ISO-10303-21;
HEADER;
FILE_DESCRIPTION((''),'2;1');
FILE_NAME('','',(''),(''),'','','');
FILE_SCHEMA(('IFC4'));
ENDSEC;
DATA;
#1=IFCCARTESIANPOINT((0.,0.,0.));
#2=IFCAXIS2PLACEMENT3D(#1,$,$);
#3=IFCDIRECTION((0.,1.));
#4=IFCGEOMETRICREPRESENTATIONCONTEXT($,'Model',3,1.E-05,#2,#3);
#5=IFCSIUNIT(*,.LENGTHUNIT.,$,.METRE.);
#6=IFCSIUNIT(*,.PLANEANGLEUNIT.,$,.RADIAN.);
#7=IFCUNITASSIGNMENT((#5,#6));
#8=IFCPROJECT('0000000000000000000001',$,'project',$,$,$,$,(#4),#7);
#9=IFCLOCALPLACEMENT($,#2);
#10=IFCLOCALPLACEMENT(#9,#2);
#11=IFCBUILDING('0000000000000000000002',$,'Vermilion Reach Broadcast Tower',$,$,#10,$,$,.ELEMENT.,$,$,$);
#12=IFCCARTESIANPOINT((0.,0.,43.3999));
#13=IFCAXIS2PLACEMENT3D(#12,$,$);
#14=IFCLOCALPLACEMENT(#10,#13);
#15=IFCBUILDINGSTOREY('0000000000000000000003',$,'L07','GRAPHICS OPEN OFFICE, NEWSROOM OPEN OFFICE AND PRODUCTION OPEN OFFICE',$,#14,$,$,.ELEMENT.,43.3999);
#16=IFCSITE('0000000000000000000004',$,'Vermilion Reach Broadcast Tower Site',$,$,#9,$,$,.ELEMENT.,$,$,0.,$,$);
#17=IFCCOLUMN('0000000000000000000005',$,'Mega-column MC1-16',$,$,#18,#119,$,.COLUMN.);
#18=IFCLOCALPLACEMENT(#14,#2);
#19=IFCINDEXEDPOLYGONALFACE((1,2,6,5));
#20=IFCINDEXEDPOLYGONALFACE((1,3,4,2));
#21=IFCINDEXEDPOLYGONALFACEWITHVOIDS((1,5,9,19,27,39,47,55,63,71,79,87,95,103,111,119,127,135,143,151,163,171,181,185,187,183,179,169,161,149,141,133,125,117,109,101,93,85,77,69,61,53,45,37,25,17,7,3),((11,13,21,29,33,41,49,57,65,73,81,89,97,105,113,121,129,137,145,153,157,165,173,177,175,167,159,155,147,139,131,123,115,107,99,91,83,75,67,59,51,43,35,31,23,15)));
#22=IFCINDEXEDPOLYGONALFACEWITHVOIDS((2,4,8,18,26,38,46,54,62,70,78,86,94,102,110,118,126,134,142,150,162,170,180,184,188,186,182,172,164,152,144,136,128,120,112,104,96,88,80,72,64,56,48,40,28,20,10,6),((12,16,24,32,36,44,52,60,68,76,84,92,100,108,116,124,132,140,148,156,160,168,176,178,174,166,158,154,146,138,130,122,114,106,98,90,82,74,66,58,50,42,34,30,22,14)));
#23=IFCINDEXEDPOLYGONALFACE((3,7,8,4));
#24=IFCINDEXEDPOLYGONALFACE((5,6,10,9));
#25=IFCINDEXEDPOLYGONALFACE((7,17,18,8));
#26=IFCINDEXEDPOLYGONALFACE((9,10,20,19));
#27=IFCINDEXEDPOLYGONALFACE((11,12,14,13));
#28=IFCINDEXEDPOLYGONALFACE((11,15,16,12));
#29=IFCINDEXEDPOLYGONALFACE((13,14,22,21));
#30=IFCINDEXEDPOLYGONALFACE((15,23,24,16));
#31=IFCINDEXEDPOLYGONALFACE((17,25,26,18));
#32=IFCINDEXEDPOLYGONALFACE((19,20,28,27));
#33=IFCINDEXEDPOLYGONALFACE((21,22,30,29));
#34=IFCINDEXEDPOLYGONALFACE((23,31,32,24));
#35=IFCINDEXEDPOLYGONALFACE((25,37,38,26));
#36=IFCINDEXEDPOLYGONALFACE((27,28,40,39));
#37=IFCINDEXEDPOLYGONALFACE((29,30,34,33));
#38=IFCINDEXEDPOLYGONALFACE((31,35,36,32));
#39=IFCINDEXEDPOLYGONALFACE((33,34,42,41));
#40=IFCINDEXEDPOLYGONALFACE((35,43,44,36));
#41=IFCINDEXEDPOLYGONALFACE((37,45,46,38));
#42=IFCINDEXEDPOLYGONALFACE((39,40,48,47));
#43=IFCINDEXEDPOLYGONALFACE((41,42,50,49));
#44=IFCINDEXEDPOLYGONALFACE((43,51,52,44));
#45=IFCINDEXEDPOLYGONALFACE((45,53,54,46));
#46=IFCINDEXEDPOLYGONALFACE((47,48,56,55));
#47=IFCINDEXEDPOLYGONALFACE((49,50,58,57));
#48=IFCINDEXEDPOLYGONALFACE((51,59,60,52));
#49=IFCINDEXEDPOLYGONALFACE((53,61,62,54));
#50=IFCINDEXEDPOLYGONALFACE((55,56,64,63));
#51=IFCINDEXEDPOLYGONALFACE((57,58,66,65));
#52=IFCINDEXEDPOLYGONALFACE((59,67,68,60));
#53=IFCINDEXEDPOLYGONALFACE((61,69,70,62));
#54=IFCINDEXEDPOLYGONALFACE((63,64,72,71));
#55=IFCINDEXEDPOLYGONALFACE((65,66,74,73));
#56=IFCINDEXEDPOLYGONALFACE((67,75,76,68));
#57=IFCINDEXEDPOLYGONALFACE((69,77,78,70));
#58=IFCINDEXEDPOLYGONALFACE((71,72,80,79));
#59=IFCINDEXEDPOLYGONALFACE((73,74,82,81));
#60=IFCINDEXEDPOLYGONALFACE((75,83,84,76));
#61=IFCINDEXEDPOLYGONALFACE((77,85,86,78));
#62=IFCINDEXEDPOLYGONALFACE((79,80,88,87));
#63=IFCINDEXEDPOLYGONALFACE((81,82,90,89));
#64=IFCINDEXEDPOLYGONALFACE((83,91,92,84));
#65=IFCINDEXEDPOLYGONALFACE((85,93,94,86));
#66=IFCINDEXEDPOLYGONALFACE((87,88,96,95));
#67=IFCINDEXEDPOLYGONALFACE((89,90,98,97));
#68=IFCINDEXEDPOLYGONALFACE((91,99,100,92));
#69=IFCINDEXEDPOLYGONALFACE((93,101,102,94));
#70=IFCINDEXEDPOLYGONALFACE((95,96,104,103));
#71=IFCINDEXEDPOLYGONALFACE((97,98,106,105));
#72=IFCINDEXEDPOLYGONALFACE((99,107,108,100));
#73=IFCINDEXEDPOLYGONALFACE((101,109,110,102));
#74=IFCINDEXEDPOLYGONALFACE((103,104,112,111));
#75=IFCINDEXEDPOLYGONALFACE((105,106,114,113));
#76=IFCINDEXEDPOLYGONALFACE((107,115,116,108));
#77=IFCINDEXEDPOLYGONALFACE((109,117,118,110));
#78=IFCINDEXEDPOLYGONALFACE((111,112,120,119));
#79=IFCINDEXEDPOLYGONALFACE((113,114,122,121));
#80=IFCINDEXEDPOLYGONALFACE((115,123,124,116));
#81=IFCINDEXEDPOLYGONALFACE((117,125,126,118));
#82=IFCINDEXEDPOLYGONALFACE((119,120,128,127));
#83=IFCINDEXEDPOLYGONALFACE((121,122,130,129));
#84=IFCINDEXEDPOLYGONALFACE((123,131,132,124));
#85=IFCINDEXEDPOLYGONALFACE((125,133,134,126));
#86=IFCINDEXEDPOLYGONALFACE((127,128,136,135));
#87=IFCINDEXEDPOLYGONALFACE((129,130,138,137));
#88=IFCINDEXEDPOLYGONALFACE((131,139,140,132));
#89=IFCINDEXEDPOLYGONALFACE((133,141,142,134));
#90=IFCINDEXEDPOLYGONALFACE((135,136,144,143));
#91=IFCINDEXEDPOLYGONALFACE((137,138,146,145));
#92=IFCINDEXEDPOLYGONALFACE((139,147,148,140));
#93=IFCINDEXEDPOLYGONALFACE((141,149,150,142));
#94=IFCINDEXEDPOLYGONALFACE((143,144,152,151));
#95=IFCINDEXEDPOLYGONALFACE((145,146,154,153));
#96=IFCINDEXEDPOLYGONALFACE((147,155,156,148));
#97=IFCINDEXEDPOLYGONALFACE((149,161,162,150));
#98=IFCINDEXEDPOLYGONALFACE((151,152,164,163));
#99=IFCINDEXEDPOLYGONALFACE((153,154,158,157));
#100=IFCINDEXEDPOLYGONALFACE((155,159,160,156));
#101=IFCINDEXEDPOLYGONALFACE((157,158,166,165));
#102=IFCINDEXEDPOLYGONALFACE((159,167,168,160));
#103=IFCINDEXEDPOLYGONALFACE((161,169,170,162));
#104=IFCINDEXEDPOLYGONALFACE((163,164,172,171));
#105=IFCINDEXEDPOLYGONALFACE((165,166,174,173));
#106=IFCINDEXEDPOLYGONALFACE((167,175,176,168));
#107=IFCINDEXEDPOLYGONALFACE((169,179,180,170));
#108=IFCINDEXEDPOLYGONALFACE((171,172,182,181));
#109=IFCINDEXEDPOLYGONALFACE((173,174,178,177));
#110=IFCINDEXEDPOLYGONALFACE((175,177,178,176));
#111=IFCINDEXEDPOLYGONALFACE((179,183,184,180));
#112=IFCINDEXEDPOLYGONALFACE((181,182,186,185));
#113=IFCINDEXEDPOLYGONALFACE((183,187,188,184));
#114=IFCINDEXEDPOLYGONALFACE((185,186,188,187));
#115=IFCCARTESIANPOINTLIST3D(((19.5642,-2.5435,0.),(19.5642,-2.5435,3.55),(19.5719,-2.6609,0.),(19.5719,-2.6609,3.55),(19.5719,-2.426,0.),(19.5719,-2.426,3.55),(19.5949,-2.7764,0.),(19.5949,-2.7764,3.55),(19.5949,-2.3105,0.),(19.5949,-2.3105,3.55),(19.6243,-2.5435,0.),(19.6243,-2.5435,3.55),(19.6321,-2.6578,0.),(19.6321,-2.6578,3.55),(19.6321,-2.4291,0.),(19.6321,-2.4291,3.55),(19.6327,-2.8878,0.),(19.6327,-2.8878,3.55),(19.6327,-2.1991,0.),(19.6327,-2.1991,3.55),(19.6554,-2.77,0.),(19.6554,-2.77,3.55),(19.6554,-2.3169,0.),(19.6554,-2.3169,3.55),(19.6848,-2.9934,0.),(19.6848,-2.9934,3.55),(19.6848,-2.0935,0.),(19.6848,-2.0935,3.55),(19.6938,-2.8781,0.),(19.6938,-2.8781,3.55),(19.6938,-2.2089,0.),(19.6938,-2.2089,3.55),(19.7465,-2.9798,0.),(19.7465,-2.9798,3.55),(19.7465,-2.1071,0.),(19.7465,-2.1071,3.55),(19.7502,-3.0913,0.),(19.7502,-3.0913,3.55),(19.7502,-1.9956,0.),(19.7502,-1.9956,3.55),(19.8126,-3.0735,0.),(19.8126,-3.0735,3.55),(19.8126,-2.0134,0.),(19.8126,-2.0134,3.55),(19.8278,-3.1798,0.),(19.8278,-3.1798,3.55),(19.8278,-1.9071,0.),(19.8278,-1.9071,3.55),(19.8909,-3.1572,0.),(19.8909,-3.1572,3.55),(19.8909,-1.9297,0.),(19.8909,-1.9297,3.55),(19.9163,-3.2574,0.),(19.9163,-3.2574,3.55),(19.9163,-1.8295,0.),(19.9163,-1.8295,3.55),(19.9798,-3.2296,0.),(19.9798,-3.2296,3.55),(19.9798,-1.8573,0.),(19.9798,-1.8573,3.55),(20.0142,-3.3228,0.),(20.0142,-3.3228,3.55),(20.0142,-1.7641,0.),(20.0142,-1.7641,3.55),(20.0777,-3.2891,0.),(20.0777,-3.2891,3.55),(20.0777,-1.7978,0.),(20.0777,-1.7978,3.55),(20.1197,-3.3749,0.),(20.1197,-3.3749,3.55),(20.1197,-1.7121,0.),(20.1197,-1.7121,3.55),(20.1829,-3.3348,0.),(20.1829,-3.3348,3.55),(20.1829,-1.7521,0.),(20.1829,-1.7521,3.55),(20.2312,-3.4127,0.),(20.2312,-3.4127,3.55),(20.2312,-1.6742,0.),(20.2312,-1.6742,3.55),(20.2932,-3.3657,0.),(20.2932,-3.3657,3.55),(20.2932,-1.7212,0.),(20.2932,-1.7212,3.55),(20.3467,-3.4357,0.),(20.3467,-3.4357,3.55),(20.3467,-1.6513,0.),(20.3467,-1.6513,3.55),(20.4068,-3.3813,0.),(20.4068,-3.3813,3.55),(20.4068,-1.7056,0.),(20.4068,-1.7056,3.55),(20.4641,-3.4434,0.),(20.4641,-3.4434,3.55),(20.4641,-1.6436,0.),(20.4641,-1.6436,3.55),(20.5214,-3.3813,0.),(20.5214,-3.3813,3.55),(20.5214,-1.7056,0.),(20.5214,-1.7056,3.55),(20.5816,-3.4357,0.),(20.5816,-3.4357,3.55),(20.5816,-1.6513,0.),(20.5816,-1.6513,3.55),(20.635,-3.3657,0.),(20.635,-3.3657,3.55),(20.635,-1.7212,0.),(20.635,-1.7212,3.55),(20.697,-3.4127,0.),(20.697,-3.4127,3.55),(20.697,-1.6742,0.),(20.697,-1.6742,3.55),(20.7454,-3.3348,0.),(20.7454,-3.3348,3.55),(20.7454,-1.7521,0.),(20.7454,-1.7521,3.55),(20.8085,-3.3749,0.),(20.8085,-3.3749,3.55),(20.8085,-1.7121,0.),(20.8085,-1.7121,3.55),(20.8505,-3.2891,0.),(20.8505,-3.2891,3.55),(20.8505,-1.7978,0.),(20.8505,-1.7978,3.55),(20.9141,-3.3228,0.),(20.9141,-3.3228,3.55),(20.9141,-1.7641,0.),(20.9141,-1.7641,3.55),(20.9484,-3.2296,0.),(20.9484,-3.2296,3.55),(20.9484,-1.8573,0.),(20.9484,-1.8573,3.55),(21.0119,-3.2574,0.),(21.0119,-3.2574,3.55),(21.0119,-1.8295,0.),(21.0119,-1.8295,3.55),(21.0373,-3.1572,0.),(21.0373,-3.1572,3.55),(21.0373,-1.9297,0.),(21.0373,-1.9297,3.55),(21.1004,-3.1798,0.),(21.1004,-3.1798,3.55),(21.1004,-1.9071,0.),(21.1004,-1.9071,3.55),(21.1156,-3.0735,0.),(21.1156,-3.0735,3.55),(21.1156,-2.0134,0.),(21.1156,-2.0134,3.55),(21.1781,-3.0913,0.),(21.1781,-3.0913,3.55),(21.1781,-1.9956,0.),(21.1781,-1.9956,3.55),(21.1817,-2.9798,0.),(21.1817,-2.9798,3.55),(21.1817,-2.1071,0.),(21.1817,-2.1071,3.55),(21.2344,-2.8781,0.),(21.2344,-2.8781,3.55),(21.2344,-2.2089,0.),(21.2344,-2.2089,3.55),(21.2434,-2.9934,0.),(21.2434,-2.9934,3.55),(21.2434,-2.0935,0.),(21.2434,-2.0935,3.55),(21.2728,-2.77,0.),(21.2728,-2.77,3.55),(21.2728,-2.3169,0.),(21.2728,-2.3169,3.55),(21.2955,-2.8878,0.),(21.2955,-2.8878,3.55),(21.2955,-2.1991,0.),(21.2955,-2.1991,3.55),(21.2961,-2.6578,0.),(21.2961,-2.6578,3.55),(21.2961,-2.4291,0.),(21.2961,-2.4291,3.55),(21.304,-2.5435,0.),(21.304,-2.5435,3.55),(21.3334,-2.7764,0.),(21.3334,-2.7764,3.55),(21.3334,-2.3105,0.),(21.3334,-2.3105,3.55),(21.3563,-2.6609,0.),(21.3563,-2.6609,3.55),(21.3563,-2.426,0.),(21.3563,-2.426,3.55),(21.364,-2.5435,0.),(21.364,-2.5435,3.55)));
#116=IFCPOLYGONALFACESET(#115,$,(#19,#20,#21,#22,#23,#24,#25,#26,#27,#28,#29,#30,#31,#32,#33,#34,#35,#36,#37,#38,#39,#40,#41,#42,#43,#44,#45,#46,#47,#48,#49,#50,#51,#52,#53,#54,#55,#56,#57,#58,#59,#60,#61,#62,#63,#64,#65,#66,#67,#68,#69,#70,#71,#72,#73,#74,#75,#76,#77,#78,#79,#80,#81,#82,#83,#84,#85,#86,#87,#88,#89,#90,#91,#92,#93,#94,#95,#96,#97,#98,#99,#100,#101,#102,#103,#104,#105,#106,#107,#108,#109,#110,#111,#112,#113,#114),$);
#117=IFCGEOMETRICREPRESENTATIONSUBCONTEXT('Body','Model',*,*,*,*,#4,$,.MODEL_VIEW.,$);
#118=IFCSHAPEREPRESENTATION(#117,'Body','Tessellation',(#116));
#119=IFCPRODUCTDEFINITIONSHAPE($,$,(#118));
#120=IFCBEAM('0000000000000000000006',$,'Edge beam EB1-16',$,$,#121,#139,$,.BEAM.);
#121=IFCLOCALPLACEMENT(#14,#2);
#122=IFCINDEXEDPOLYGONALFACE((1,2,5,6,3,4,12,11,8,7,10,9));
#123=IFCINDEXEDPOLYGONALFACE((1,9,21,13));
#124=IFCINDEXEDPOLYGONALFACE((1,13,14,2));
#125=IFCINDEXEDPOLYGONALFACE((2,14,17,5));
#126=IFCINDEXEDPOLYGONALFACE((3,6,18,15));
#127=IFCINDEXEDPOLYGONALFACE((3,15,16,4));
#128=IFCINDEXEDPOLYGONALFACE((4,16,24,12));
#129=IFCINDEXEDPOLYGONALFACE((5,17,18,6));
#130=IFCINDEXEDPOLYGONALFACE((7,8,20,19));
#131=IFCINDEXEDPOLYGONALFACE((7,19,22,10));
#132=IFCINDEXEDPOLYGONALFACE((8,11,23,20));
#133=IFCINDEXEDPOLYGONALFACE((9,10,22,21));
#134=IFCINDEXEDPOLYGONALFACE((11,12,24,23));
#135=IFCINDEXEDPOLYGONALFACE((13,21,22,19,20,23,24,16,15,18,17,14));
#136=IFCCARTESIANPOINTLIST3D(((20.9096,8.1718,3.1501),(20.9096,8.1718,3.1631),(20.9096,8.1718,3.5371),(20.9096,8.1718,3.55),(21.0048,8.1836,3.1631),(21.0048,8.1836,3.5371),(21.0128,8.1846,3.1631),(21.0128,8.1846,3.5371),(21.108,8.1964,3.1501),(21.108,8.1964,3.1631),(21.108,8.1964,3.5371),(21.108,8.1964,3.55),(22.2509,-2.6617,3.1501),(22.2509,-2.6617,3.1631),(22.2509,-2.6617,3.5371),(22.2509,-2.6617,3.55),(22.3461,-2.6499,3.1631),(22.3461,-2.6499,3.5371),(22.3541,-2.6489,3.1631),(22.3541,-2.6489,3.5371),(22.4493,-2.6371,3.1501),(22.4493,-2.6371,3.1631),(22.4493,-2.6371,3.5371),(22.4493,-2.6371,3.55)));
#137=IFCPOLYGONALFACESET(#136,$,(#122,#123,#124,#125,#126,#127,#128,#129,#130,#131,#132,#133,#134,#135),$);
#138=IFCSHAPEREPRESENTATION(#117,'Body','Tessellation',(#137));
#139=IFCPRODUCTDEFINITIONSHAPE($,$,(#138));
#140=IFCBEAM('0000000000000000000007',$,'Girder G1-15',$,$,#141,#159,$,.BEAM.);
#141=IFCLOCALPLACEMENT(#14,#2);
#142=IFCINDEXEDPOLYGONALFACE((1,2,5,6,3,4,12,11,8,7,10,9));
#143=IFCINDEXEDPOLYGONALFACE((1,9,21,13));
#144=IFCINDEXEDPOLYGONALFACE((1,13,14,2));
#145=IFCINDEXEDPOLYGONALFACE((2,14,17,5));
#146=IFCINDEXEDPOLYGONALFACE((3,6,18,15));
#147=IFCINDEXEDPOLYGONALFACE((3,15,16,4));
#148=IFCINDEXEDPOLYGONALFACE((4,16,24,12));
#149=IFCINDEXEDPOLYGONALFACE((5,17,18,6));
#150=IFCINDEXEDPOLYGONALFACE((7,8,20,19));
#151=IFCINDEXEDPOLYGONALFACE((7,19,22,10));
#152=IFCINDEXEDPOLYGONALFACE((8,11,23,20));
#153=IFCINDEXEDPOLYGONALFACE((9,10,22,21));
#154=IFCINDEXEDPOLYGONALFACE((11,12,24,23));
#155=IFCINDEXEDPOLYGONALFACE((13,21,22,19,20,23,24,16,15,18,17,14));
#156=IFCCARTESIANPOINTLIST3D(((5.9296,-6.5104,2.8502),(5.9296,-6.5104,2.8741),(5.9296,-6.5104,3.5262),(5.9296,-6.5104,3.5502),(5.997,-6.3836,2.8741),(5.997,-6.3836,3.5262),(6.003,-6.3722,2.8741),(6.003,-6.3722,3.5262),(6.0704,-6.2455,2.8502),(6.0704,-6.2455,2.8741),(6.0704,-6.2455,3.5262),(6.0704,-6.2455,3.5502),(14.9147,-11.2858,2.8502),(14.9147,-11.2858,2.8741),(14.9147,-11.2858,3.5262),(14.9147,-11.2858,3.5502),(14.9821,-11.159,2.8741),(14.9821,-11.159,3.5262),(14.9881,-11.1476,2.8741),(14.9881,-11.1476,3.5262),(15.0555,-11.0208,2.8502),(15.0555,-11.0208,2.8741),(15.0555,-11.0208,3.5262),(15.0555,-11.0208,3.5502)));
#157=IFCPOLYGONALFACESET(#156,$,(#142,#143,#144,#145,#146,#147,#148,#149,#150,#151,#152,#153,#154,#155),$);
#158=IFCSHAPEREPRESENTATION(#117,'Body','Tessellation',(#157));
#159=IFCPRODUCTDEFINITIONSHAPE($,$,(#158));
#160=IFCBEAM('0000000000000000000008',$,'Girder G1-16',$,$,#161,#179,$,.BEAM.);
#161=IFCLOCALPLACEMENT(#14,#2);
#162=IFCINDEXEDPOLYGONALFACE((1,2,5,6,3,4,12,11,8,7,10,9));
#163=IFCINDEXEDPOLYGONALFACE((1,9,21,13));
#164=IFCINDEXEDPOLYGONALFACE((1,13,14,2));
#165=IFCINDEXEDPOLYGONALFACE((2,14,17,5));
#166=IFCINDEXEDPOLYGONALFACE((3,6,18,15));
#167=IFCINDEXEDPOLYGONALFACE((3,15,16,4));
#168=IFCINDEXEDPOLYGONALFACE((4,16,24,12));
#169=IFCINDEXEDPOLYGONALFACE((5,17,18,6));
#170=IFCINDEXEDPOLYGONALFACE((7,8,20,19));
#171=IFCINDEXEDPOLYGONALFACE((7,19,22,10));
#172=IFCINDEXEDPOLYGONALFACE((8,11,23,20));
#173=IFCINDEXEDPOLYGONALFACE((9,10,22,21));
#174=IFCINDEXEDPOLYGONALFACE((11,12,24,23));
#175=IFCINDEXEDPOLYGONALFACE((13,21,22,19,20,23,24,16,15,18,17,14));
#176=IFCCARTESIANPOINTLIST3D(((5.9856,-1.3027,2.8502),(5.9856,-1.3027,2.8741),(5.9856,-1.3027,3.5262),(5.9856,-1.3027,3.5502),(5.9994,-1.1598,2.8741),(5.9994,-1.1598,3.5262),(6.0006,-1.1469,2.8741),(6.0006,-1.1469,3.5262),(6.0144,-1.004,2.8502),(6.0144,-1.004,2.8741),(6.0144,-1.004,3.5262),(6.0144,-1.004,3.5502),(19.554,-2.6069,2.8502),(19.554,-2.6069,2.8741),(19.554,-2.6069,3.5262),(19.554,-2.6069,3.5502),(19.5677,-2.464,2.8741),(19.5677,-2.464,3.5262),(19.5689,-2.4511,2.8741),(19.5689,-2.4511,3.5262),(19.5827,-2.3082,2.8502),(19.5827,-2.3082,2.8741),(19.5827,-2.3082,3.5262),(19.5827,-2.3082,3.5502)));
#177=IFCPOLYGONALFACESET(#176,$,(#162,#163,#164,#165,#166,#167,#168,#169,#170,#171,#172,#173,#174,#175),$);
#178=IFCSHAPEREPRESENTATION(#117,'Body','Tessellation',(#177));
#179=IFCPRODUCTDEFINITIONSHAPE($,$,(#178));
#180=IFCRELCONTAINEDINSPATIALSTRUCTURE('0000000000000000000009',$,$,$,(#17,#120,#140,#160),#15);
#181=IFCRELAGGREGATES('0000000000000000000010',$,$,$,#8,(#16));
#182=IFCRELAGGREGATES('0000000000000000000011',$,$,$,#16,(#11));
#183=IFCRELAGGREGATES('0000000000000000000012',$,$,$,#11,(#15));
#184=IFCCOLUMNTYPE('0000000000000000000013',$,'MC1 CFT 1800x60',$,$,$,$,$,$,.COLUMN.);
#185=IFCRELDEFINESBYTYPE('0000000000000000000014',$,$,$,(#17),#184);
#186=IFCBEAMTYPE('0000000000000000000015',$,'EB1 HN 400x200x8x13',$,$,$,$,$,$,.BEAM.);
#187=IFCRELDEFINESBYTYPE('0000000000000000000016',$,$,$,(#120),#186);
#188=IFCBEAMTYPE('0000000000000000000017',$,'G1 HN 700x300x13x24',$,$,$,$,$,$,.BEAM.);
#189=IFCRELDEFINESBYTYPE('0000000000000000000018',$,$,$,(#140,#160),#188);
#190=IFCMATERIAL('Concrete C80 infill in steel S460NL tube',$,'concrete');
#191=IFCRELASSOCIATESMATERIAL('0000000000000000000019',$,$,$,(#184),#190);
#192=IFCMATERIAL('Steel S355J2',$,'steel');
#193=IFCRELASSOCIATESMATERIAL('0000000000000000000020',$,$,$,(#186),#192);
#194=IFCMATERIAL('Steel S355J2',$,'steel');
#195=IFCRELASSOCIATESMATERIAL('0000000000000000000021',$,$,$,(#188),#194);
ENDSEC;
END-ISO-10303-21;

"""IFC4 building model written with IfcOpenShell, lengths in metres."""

from ifc_helpers import new_model, si_unit, direction, frame, origin, origin_2d, place, context, subcontext, project, spatial, hollow_circle, i_section, extrude, material, material_profile, profile_set, type_object, element, save


model = new_model("IFC4")

# Units and contexts
model_context = context("Model", 3, precision=1e-05, world=origin(), true_north=direction((0.0, 1.0)))
body_context = subcontext(model_context, "Body", "Model", "MODEL_VIEW")
ifc_project = project(units=[si_unit("LENGTHUNIT", "METRE"), si_unit("PLANEANGLEUNIT", "RADIAN")], contexts=[model_context])

# Site, building, storey
site_placement = place(None, origin())
site = spatial("IfcSite", under=ifc_project, at=site_placement, Name="Vermilion Reach Broadcast Tower Site", CompositionType="ELEMENT", RefElevation=0.0)
building_placement = place(site_placement, origin())
building = spatial("IfcBuilding", under=site, at=building_placement, Name="Vermilion Reach Broadcast Tower", CompositionType="ELEMENT")
storey_placement = place(building_placement, frame((0.0, 0.0, 43.3999)))
storey = spatial("IfcBuildingStorey", under=building, at=storey_placement, Name="L07", Description="GRAPHICS OPEN OFFICE, NEWSROOM OPEN OFFICE AND PRODUCTION OPEN OFFICE", CompositionType="ELEMENT", Elevation=43.3999)

# Column
ifc_material_1 = material(Name="Concrete C80 infill in steel S460NL tube", Category="concrete")
ifc_material_profile_1 = material_profile(ifc_material_1, hollow_circle(Radius=0.8999, WallThickness=0.0601, at=origin_2d()), Name="Concrete C80 infill in steel S460NL tube CFT 1800x60")
ifc_profile_set_1 = profile_set([ifc_material_profile_1], Name="Concrete C80 infill in steel S460NL tube")
column_type = type_object("IfcColumnType", Name="MC1 CFT 1800x60", PredefinedType="COLUMN", material=ifc_profile_set_1)
column_placement = place(storey_placement, frame((20.4641, -2.5435, 0.0), z_axis=(0.0, 0.0, 1.0), x_axis=(1.0, 0.0, 0.0)))
element("IfcColumn", 1, at=column_placement, inside=storey, type_object=column_type, Name="Mega-column MC1-16", PredefinedType="COLUMN", context=body_context, shape_type="SweptSolid", body=[
    extrude(hollow_circle(Radius=0.8999, WallThickness=0.0601, at=origin_2d()), origin(), (0.0, 0.0, 1.0), 3.55),
])

# Beams
ifc_material_2 = material(Name="Steel S355J2", Category="steel")
ifc_material_profile_2 = material_profile(ifc_material_2, i_section(OverallWidth=0.2, OverallDepth=0.3999, WebThickness=0.0081, FlangeThickness=0.0129, at=origin_2d()), Name="S355J2 HN 400x200x8x13")
ifc_profile_set_2 = profile_set([ifc_material_profile_2], Name="Steel S355J2")
beam_type_1 = type_object("IfcBeamType", Name="EB1 HN 400x200x8x13", PredefinedType="BEAM", material=ifc_profile_set_2)
beam_1_placement = place(storey_placement, frame((22.3501, -2.6494, 3.3501), z_axis=(-0.122873, 0.992422, 0.0), x_axis=(-0.992422, -0.122873, 0.0)))
element("IfcBeam", 2, at=beam_1_placement, inside=storey, type_object=beam_type_1, Name="Edge beam EB1-16", PredefinedType="BEAM", context=body_context, shape_type="SweptSolid", body=[
    extrude(i_section(OverallWidth=0.2, OverallDepth=0.3999, WebThickness=0.0081, FlangeThickness=0.0129, at=origin_2d()), origin(), (0.0, 0.0, 1.0), 10.9163),
])
ifc_material_3 = material(Name="Steel S355J2", Category="steel")
ifc_material_profile_3 = material_profile(ifc_material_3, i_section(OverallWidth=0.3, OverallDepth=0.7, WebThickness=0.0129, FlangeThickness=0.0239, at=origin_2d()), Name="S355J2 HN 700x300x13x24")
ifc_profile_set_3 = profile_set([ifc_material_profile_3], Name="Steel S355J2")
beam_type_2 = type_object("IfcBeamType", Name="G1 HN 700x300x13x24", PredefinedType="BEAM", material=ifc_profile_set_3)
beam_2_placement = place(storey_placement, frame((6.0, -6.3779, 3.2002), z_axis=(0.883032, -0.469313, 0.0), x_axis=(0.469313, 0.883032, 0.0)))
element("IfcBeam", 3, at=beam_2_placement, inside=storey, type_object=beam_type_2, Name="Girder G1-15", PredefinedType="BEAM", context=body_context, shape_type="SweptSolid", body=[
    extrude(i_section(OverallWidth=0.3, OverallDepth=0.7, WebThickness=0.0129, FlangeThickness=0.0239, at=origin_2d()), origin(), (0.0, 0.0, 1.0), 10.1753),
])
beam_3_placement = place(storey_placement, frame((6.0, -1.1533, 3.2002), z_axis=(0.995412, -0.09568, 0.0), x_axis=(0.09568, 0.995412, 0.0)))
element("IfcBeam", 4, at=beam_3_placement, inside=storey, type_object=beam_type_2, Name="Girder G1-16", PredefinedType="BEAM", context=body_context, shape_type="SweptSolid", body=[
    extrude(i_section(OverallWidth=0.3, OverallDepth=0.7, WebThickness=0.0129, FlangeThickness=0.0239, at=origin_2d()), origin(), (0.0, 0.0, 1.0), 13.6309),
])

save(model, "model.ifc")
